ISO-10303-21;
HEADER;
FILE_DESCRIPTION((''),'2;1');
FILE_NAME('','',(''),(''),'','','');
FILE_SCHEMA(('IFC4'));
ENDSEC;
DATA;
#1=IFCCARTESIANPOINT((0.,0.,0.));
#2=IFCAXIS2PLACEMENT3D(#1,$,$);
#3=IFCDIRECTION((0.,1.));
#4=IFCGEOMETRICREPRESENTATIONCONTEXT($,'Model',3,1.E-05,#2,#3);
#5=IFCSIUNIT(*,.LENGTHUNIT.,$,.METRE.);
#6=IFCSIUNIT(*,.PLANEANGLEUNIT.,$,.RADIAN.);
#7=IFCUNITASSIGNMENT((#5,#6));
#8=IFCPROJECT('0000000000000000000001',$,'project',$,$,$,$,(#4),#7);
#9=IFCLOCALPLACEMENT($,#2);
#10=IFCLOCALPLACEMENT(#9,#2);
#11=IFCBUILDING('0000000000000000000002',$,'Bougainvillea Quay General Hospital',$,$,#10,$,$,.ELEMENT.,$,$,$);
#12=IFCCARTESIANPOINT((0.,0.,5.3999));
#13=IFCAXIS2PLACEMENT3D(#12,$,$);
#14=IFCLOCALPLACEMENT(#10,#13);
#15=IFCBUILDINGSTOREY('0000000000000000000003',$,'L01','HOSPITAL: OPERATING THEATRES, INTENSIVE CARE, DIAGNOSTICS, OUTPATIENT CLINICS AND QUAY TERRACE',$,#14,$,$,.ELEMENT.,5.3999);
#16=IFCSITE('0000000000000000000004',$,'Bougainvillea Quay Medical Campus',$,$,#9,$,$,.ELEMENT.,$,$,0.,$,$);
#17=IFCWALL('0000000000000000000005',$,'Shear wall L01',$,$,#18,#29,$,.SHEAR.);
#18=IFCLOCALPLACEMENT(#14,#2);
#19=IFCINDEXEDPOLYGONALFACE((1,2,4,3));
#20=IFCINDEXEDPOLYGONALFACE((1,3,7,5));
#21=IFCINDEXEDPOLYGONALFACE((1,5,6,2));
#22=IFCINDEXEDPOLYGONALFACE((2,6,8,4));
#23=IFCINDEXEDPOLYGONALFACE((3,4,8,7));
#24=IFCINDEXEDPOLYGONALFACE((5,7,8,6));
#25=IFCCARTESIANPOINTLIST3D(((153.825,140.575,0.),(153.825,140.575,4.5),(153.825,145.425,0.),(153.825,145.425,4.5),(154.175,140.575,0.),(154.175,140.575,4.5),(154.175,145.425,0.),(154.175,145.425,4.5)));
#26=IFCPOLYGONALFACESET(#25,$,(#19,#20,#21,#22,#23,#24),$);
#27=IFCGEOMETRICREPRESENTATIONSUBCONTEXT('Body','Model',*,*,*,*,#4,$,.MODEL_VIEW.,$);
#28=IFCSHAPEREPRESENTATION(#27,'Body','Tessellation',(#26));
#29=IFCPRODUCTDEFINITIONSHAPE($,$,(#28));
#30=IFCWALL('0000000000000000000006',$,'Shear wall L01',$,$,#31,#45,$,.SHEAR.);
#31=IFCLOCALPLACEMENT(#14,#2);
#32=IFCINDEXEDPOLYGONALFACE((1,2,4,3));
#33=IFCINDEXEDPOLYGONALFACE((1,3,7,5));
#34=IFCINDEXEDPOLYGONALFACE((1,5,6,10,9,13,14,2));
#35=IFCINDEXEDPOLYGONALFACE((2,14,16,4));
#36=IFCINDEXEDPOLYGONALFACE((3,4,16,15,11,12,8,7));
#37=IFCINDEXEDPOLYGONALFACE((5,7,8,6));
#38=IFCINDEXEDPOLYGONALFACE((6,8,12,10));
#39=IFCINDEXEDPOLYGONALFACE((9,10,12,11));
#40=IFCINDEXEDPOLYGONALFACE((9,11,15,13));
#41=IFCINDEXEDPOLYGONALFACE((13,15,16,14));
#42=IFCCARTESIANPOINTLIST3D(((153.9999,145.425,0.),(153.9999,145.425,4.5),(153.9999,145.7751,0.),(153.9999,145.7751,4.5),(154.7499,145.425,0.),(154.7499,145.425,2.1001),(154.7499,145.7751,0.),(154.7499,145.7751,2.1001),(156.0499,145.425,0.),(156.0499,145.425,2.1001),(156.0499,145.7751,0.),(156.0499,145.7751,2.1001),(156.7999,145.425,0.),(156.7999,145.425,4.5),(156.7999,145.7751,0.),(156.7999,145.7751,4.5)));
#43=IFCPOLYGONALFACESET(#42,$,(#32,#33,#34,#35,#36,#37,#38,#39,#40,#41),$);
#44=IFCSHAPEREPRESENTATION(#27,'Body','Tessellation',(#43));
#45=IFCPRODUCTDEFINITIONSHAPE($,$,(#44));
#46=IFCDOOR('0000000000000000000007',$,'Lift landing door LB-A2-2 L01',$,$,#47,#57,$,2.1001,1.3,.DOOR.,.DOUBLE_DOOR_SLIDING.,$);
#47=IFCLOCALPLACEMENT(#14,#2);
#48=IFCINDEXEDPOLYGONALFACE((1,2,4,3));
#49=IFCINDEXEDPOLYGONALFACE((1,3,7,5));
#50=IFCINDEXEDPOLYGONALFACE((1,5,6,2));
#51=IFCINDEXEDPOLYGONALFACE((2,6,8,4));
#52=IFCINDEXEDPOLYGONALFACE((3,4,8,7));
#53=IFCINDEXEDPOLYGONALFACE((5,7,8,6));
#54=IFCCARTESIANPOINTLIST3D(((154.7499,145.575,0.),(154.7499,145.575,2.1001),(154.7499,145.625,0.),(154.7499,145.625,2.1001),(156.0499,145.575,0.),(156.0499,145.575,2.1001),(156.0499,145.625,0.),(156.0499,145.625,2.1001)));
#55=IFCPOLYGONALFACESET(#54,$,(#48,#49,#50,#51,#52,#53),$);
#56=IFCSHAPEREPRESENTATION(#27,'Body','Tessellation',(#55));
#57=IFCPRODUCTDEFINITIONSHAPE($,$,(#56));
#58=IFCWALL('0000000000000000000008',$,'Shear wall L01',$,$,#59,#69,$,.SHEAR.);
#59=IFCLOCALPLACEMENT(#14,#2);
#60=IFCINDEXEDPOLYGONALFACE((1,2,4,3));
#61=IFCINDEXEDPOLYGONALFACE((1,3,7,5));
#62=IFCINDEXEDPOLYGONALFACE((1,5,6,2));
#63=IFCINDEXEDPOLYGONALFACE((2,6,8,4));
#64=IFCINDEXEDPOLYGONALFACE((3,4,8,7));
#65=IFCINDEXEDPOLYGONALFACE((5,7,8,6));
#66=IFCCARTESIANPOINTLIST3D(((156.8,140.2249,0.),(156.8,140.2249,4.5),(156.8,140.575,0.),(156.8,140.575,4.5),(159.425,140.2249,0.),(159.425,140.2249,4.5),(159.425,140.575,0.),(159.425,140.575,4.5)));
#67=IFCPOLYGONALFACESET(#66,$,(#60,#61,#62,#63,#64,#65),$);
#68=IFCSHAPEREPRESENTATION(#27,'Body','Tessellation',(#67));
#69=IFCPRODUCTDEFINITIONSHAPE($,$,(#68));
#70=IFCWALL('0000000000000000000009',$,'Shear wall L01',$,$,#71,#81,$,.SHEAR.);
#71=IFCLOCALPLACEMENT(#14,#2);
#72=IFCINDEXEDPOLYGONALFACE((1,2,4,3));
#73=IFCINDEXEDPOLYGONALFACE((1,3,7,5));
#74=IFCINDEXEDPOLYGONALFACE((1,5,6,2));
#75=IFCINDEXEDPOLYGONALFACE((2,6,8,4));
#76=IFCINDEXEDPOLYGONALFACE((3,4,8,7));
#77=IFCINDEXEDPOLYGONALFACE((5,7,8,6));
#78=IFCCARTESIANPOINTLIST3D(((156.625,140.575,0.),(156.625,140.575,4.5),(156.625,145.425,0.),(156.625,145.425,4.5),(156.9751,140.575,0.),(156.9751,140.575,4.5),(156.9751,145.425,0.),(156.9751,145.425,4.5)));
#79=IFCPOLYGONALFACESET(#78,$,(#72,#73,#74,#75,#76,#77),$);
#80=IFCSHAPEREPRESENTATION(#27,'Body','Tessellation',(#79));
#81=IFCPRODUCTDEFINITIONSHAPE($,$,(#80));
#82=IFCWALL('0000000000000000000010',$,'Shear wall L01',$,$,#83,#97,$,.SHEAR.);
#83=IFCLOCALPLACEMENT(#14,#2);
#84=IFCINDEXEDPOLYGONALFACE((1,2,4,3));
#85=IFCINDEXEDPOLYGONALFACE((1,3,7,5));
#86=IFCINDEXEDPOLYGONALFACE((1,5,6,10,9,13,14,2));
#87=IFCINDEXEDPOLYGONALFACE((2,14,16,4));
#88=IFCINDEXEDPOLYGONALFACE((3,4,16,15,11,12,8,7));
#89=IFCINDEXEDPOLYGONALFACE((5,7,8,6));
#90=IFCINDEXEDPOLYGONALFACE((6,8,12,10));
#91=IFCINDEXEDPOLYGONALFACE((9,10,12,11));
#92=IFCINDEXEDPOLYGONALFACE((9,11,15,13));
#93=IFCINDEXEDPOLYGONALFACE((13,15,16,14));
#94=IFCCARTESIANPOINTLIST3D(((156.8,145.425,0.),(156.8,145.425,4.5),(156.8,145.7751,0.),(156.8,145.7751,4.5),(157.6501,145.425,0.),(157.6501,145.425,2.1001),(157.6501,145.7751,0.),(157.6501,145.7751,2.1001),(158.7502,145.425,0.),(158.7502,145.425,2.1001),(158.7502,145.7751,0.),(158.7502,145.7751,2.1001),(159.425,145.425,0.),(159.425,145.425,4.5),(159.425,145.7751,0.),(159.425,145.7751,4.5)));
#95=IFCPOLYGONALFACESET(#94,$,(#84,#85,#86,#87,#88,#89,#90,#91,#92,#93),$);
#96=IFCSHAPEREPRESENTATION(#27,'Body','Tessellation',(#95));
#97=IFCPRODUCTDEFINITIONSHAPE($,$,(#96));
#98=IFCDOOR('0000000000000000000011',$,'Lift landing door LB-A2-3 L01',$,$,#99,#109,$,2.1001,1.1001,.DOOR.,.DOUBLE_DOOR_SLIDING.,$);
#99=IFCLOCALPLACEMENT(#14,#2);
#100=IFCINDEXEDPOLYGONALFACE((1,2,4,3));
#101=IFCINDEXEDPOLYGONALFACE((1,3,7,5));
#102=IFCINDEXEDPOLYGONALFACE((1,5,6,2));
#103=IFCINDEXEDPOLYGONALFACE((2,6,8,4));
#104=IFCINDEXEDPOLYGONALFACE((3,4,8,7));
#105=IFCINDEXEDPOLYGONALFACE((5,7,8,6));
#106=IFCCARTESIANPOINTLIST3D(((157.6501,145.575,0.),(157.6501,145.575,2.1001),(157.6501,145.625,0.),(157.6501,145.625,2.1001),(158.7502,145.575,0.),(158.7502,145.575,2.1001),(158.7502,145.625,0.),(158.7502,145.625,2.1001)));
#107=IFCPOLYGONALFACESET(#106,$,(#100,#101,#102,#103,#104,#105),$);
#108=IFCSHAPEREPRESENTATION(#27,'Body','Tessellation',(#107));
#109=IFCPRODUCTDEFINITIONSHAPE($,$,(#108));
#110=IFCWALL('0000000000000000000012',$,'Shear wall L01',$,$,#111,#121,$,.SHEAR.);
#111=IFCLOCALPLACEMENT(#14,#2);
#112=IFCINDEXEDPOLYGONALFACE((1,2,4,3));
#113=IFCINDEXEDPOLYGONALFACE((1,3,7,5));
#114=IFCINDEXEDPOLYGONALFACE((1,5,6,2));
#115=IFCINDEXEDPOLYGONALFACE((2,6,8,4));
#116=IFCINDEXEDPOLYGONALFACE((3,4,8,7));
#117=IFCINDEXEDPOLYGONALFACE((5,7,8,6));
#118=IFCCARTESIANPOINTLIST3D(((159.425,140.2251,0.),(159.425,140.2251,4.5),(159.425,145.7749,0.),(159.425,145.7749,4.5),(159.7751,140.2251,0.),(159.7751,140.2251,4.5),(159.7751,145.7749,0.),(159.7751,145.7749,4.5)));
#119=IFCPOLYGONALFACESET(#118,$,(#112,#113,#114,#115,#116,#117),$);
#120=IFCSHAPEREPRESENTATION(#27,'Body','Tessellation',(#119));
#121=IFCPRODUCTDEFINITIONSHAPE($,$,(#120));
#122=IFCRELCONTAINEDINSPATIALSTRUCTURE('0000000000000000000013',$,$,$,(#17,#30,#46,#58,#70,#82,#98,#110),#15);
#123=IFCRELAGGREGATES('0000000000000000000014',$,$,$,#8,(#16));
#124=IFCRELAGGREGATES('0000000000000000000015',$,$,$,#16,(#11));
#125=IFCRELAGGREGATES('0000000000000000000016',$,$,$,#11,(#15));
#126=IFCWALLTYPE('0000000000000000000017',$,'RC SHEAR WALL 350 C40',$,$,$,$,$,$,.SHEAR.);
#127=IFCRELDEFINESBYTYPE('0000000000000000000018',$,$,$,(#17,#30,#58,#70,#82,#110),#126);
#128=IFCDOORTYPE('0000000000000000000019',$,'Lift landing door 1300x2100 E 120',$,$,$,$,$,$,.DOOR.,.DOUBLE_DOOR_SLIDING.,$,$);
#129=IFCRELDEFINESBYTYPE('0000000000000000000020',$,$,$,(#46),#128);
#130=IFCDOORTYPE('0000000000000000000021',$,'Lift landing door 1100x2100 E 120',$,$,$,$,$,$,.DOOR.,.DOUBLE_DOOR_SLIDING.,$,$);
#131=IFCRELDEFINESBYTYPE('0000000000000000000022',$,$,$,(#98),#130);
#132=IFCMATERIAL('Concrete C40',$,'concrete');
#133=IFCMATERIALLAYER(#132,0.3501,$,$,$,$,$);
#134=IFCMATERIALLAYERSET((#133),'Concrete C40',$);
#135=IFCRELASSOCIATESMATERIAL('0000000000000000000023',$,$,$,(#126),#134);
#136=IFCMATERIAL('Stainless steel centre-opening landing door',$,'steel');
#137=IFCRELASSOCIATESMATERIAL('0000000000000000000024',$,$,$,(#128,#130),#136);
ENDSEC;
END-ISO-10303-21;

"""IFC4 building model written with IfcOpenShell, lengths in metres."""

from ifc_helpers import new_model, si_unit, direction, frame, frame_2d, origin, place, context, subcontext, project, spatial, rectangle, extrude, material, layer, layer_set, type_object, element, fill, save


model = new_model("IFC4")

# Units and contexts
model_context = context("Model", 3, precision=1e-05, world=origin(), true_north=direction((0.0, 1.0)))
body_context = subcontext(model_context, "Body", "Model", "MODEL_VIEW")
ifc_project = project(units=[si_unit("LENGTHUNIT", "METRE"), si_unit("PLANEANGLEUNIT", "RADIAN")], contexts=[model_context])

# Site, building, storey
site_placement = place(None, origin())
site = spatial("IfcSite", under=ifc_project, at=site_placement, Name="Bougainvillea Quay Medical Campus", CompositionType="ELEMENT", RefElevation=0.0)
building_placement = place(site_placement, origin())
building = spatial("IfcBuilding", under=site, at=building_placement, Name="Bougainvillea Quay General Hospital", CompositionType="ELEMENT")
storey_placement = place(building_placement, frame((0.0, 0.0, 5.3999)))
storey = spatial("IfcBuildingStorey", under=building, at=storey_placement, Name="L01", Description="HOSPITAL: OPERATING THEATRES, INTENSIVE CARE, DIAGNOSTICS, OUTPATIENT CLINICS AND QUAY TERRACE", CompositionType="ELEMENT", Elevation=5.3999)

# Wall
ifc_material_1 = material(Name="Concrete C40", Category="concrete")
ifc_layer_1 = layer(ifc_material_1, 0.3501)
ifc_layer_set_1 = layer_set([ifc_layer_1], Name="Concrete C40")
wall_type_1 = type_object("IfcWallType", Name="RC SHEAR WALL 350 C40", PredefinedType="SHEAR", material=ifc_layer_set_1)
wall_1_placement = place(storey_placement, frame((154.0, 140.575, 0.0), z_axis=(0.0, 0.0, 1.0), x_axis=(0.0, 1.0, 0.0)))
element("IfcWall", 1, at=wall_1_placement, inside=storey, type_object=wall_type_1, Name="Shear wall L01", PredefinedType="SHEAR", context=body_context, shape_type="SweptSolid", body=[
    extrude(rectangle(XDim=4.8501, YDim=0.3501, at=frame_2d((2.425, 0.0))), origin(), (0.0, 0.0, 1.0), 4.5),
])

# Wall, opening, door
wall_2_placement = place(storey_placement, frame((154.0, 145.6001, 0.0), z_axis=(0.0, 0.0, 1.0), x_axis=(1.0, 0.0, 0.0)))
wall_2 = element("IfcWall", 2, at=wall_2_placement, inside=storey, type_object=wall_type_1, Name="Shear wall L01", PredefinedType="SHEAR", context=body_context, shape_type="SweptSolid", body=[
    extrude(rectangle(XDim=2.8, YDim=0.3501, at=frame_2d((1.3999, 0.0))), origin(), (0.0, 0.0, 1.0), 4.5),
])
opening_1_placement = place(wall_2_placement, frame((0.75, 0.0, 0.0)))
opening_1 = element("IfcOpeningElement", 3, at=opening_1_placement, cuts=wall_2, PredefinedType="OPENING", context=body_context, shape_type="SweptSolid", body=[
    extrude(rectangle(XDim=1.3, YDim=2.1001, at=frame_2d((0.6499, 1.05))), frame((0.0, 0.1851, 0.0), z_axis=(0.0, -1.0, 0.0), x_axis=(1.0, 0.0, 0.0)), (0.0, 0.0, 1.0), 0.3701),
])
ifc_material_2 = material(Name="Stainless steel centre-opening landing door", Category="steel")
door_type_1 = type_object("IfcDoorType", Name="Lift landing door 1300x2100 E 120", OperationType="DOUBLE_DOOR_SLIDING", PredefinedType="DOOR", material=ifc_material_2)
door_1_placement = place(opening_1_placement, origin())
door_1 = element("IfcDoor", 4, at=door_1_placement, inside=storey, type_object=door_type_1, Name="Lift landing door LB-A2-2 L01", OperationType="DOUBLE_DOOR_SLIDING", OverallHeight=2.1001, OverallWidth=1.3, PredefinedType="DOOR", context=body_context, shape_type="SweptSolid", body=[
    extrude(rectangle(XDim=1.3, YDim=2.1001, at=frame_2d((0.6499, 1.05))), frame((0.0, 0.0249, 0.0), z_axis=(0.0, -1.0, 0.0), x_axis=(1.0, 0.0, 0.0)), (0.0, 0.0, 1.0), 0.05),
])
fill(opening_1, door_1)

# Walls
wall_3_placement = place(storey_placement, frame((156.8, 140.3999, 0.0), z_axis=(0.0, 0.0, 1.0), x_axis=(1.0, 0.0, 0.0)))
element("IfcWall", 5, at=wall_3_placement, inside=storey, type_object=wall_type_1, Name="Shear wall L01", PredefinedType="SHEAR", context=body_context, shape_type="SweptSolid", body=[
    extrude(rectangle(XDim=2.625, YDim=0.3501, at=frame_2d((1.3125, 0.0))), origin(), (0.0, 0.0, 1.0), 4.5),
])
wall_4_placement = place(storey_placement, frame((156.8, 140.575, 0.0), z_axis=(0.0, 0.0, 1.0), x_axis=(0.0, 1.0, 0.0)))
element("IfcWall", 6, at=wall_4_placement, inside=storey, type_object=wall_type_1, Name="Shear wall L01", PredefinedType="SHEAR", context=body_context, shape_type="SweptSolid", body=[
    extrude(rectangle(XDim=4.8501, YDim=0.3501, at=frame_2d((2.425, 0.0))), origin(), (0.0, 0.0, 1.0), 4.5),
])

# Wall, opening, door
wall_5_placement = place(storey_placement, frame((156.8, 145.6001, 0.0), z_axis=(0.0, 0.0, 1.0), x_axis=(1.0, 0.0, 0.0)))
wall_5 = element("IfcWall", 7, at=wall_5_placement, inside=storey, type_object=wall_type_1, Name="Shear wall L01", PredefinedType="SHEAR", context=body_context, shape_type="SweptSolid", body=[
    extrude(rectangle(XDim=2.625, YDim=0.3501, at=frame_2d((1.3125, 0.0))), origin(), (0.0, 0.0, 1.0), 4.5),
])
opening_2_placement = place(wall_5_placement, frame((0.8501, 0.0, 0.0)))
opening_2 = element("IfcOpeningElement", 8, at=opening_2_placement, cuts=wall_5, PredefinedType="OPENING", context=body_context, shape_type="SweptSolid", body=[
    extrude(rectangle(XDim=1.1001, YDim=2.1001, at=frame_2d((0.55, 1.05))), frame((0.0, 0.1851, 0.0), z_axis=(0.0, -1.0, 0.0), x_axis=(1.0, 0.0, 0.0)), (0.0, 0.0, 1.0), 0.3701),
])
door_type_2 = type_object("IfcDoorType", Name="Lift landing door 1100x2100 E 120", OperationType="DOUBLE_DOOR_SLIDING", PredefinedType="DOOR", material=ifc_material_2)
door_2_placement = place(opening_2_placement, origin())
door_2 = element("IfcDoor", 9, at=door_2_placement, inside=storey, type_object=door_type_2, Name="Lift landing door LB-A2-3 L01", OperationType="DOUBLE_DOOR_SLIDING", OverallHeight=2.1001, OverallWidth=1.1001, PredefinedType="DOOR", context=body_context, shape_type="SweptSolid", body=[
    extrude(rectangle(XDim=1.1001, YDim=2.1001, at=frame_2d((0.55, 1.05))), frame((0.0, 0.0249, 0.0), z_axis=(0.0, -1.0, 0.0), x_axis=(1.0, 0.0, 0.0)), (0.0, 0.0, 1.0), 0.05),
])
fill(opening_2, door_2)

# Wall
wall_6_placement = place(storey_placement, frame((159.6001, 140.2251, 0.0), z_axis=(0.0, 0.0, 1.0), x_axis=(0.0, 1.0, 0.0)))
element("IfcWall", 10, at=wall_6_placement, inside=storey, type_object=wall_type_1, Name="Shear wall L01", PredefinedType="SHEAR", context=body_context, shape_type="SweptSolid", body=[
    extrude(rectangle(XDim=5.5498, YDim=0.3501, at=frame_2d((2.7749, 0.0))), origin(), (0.0, 0.0, 1.0), 4.5),
])

save(model, "model.ifc")
